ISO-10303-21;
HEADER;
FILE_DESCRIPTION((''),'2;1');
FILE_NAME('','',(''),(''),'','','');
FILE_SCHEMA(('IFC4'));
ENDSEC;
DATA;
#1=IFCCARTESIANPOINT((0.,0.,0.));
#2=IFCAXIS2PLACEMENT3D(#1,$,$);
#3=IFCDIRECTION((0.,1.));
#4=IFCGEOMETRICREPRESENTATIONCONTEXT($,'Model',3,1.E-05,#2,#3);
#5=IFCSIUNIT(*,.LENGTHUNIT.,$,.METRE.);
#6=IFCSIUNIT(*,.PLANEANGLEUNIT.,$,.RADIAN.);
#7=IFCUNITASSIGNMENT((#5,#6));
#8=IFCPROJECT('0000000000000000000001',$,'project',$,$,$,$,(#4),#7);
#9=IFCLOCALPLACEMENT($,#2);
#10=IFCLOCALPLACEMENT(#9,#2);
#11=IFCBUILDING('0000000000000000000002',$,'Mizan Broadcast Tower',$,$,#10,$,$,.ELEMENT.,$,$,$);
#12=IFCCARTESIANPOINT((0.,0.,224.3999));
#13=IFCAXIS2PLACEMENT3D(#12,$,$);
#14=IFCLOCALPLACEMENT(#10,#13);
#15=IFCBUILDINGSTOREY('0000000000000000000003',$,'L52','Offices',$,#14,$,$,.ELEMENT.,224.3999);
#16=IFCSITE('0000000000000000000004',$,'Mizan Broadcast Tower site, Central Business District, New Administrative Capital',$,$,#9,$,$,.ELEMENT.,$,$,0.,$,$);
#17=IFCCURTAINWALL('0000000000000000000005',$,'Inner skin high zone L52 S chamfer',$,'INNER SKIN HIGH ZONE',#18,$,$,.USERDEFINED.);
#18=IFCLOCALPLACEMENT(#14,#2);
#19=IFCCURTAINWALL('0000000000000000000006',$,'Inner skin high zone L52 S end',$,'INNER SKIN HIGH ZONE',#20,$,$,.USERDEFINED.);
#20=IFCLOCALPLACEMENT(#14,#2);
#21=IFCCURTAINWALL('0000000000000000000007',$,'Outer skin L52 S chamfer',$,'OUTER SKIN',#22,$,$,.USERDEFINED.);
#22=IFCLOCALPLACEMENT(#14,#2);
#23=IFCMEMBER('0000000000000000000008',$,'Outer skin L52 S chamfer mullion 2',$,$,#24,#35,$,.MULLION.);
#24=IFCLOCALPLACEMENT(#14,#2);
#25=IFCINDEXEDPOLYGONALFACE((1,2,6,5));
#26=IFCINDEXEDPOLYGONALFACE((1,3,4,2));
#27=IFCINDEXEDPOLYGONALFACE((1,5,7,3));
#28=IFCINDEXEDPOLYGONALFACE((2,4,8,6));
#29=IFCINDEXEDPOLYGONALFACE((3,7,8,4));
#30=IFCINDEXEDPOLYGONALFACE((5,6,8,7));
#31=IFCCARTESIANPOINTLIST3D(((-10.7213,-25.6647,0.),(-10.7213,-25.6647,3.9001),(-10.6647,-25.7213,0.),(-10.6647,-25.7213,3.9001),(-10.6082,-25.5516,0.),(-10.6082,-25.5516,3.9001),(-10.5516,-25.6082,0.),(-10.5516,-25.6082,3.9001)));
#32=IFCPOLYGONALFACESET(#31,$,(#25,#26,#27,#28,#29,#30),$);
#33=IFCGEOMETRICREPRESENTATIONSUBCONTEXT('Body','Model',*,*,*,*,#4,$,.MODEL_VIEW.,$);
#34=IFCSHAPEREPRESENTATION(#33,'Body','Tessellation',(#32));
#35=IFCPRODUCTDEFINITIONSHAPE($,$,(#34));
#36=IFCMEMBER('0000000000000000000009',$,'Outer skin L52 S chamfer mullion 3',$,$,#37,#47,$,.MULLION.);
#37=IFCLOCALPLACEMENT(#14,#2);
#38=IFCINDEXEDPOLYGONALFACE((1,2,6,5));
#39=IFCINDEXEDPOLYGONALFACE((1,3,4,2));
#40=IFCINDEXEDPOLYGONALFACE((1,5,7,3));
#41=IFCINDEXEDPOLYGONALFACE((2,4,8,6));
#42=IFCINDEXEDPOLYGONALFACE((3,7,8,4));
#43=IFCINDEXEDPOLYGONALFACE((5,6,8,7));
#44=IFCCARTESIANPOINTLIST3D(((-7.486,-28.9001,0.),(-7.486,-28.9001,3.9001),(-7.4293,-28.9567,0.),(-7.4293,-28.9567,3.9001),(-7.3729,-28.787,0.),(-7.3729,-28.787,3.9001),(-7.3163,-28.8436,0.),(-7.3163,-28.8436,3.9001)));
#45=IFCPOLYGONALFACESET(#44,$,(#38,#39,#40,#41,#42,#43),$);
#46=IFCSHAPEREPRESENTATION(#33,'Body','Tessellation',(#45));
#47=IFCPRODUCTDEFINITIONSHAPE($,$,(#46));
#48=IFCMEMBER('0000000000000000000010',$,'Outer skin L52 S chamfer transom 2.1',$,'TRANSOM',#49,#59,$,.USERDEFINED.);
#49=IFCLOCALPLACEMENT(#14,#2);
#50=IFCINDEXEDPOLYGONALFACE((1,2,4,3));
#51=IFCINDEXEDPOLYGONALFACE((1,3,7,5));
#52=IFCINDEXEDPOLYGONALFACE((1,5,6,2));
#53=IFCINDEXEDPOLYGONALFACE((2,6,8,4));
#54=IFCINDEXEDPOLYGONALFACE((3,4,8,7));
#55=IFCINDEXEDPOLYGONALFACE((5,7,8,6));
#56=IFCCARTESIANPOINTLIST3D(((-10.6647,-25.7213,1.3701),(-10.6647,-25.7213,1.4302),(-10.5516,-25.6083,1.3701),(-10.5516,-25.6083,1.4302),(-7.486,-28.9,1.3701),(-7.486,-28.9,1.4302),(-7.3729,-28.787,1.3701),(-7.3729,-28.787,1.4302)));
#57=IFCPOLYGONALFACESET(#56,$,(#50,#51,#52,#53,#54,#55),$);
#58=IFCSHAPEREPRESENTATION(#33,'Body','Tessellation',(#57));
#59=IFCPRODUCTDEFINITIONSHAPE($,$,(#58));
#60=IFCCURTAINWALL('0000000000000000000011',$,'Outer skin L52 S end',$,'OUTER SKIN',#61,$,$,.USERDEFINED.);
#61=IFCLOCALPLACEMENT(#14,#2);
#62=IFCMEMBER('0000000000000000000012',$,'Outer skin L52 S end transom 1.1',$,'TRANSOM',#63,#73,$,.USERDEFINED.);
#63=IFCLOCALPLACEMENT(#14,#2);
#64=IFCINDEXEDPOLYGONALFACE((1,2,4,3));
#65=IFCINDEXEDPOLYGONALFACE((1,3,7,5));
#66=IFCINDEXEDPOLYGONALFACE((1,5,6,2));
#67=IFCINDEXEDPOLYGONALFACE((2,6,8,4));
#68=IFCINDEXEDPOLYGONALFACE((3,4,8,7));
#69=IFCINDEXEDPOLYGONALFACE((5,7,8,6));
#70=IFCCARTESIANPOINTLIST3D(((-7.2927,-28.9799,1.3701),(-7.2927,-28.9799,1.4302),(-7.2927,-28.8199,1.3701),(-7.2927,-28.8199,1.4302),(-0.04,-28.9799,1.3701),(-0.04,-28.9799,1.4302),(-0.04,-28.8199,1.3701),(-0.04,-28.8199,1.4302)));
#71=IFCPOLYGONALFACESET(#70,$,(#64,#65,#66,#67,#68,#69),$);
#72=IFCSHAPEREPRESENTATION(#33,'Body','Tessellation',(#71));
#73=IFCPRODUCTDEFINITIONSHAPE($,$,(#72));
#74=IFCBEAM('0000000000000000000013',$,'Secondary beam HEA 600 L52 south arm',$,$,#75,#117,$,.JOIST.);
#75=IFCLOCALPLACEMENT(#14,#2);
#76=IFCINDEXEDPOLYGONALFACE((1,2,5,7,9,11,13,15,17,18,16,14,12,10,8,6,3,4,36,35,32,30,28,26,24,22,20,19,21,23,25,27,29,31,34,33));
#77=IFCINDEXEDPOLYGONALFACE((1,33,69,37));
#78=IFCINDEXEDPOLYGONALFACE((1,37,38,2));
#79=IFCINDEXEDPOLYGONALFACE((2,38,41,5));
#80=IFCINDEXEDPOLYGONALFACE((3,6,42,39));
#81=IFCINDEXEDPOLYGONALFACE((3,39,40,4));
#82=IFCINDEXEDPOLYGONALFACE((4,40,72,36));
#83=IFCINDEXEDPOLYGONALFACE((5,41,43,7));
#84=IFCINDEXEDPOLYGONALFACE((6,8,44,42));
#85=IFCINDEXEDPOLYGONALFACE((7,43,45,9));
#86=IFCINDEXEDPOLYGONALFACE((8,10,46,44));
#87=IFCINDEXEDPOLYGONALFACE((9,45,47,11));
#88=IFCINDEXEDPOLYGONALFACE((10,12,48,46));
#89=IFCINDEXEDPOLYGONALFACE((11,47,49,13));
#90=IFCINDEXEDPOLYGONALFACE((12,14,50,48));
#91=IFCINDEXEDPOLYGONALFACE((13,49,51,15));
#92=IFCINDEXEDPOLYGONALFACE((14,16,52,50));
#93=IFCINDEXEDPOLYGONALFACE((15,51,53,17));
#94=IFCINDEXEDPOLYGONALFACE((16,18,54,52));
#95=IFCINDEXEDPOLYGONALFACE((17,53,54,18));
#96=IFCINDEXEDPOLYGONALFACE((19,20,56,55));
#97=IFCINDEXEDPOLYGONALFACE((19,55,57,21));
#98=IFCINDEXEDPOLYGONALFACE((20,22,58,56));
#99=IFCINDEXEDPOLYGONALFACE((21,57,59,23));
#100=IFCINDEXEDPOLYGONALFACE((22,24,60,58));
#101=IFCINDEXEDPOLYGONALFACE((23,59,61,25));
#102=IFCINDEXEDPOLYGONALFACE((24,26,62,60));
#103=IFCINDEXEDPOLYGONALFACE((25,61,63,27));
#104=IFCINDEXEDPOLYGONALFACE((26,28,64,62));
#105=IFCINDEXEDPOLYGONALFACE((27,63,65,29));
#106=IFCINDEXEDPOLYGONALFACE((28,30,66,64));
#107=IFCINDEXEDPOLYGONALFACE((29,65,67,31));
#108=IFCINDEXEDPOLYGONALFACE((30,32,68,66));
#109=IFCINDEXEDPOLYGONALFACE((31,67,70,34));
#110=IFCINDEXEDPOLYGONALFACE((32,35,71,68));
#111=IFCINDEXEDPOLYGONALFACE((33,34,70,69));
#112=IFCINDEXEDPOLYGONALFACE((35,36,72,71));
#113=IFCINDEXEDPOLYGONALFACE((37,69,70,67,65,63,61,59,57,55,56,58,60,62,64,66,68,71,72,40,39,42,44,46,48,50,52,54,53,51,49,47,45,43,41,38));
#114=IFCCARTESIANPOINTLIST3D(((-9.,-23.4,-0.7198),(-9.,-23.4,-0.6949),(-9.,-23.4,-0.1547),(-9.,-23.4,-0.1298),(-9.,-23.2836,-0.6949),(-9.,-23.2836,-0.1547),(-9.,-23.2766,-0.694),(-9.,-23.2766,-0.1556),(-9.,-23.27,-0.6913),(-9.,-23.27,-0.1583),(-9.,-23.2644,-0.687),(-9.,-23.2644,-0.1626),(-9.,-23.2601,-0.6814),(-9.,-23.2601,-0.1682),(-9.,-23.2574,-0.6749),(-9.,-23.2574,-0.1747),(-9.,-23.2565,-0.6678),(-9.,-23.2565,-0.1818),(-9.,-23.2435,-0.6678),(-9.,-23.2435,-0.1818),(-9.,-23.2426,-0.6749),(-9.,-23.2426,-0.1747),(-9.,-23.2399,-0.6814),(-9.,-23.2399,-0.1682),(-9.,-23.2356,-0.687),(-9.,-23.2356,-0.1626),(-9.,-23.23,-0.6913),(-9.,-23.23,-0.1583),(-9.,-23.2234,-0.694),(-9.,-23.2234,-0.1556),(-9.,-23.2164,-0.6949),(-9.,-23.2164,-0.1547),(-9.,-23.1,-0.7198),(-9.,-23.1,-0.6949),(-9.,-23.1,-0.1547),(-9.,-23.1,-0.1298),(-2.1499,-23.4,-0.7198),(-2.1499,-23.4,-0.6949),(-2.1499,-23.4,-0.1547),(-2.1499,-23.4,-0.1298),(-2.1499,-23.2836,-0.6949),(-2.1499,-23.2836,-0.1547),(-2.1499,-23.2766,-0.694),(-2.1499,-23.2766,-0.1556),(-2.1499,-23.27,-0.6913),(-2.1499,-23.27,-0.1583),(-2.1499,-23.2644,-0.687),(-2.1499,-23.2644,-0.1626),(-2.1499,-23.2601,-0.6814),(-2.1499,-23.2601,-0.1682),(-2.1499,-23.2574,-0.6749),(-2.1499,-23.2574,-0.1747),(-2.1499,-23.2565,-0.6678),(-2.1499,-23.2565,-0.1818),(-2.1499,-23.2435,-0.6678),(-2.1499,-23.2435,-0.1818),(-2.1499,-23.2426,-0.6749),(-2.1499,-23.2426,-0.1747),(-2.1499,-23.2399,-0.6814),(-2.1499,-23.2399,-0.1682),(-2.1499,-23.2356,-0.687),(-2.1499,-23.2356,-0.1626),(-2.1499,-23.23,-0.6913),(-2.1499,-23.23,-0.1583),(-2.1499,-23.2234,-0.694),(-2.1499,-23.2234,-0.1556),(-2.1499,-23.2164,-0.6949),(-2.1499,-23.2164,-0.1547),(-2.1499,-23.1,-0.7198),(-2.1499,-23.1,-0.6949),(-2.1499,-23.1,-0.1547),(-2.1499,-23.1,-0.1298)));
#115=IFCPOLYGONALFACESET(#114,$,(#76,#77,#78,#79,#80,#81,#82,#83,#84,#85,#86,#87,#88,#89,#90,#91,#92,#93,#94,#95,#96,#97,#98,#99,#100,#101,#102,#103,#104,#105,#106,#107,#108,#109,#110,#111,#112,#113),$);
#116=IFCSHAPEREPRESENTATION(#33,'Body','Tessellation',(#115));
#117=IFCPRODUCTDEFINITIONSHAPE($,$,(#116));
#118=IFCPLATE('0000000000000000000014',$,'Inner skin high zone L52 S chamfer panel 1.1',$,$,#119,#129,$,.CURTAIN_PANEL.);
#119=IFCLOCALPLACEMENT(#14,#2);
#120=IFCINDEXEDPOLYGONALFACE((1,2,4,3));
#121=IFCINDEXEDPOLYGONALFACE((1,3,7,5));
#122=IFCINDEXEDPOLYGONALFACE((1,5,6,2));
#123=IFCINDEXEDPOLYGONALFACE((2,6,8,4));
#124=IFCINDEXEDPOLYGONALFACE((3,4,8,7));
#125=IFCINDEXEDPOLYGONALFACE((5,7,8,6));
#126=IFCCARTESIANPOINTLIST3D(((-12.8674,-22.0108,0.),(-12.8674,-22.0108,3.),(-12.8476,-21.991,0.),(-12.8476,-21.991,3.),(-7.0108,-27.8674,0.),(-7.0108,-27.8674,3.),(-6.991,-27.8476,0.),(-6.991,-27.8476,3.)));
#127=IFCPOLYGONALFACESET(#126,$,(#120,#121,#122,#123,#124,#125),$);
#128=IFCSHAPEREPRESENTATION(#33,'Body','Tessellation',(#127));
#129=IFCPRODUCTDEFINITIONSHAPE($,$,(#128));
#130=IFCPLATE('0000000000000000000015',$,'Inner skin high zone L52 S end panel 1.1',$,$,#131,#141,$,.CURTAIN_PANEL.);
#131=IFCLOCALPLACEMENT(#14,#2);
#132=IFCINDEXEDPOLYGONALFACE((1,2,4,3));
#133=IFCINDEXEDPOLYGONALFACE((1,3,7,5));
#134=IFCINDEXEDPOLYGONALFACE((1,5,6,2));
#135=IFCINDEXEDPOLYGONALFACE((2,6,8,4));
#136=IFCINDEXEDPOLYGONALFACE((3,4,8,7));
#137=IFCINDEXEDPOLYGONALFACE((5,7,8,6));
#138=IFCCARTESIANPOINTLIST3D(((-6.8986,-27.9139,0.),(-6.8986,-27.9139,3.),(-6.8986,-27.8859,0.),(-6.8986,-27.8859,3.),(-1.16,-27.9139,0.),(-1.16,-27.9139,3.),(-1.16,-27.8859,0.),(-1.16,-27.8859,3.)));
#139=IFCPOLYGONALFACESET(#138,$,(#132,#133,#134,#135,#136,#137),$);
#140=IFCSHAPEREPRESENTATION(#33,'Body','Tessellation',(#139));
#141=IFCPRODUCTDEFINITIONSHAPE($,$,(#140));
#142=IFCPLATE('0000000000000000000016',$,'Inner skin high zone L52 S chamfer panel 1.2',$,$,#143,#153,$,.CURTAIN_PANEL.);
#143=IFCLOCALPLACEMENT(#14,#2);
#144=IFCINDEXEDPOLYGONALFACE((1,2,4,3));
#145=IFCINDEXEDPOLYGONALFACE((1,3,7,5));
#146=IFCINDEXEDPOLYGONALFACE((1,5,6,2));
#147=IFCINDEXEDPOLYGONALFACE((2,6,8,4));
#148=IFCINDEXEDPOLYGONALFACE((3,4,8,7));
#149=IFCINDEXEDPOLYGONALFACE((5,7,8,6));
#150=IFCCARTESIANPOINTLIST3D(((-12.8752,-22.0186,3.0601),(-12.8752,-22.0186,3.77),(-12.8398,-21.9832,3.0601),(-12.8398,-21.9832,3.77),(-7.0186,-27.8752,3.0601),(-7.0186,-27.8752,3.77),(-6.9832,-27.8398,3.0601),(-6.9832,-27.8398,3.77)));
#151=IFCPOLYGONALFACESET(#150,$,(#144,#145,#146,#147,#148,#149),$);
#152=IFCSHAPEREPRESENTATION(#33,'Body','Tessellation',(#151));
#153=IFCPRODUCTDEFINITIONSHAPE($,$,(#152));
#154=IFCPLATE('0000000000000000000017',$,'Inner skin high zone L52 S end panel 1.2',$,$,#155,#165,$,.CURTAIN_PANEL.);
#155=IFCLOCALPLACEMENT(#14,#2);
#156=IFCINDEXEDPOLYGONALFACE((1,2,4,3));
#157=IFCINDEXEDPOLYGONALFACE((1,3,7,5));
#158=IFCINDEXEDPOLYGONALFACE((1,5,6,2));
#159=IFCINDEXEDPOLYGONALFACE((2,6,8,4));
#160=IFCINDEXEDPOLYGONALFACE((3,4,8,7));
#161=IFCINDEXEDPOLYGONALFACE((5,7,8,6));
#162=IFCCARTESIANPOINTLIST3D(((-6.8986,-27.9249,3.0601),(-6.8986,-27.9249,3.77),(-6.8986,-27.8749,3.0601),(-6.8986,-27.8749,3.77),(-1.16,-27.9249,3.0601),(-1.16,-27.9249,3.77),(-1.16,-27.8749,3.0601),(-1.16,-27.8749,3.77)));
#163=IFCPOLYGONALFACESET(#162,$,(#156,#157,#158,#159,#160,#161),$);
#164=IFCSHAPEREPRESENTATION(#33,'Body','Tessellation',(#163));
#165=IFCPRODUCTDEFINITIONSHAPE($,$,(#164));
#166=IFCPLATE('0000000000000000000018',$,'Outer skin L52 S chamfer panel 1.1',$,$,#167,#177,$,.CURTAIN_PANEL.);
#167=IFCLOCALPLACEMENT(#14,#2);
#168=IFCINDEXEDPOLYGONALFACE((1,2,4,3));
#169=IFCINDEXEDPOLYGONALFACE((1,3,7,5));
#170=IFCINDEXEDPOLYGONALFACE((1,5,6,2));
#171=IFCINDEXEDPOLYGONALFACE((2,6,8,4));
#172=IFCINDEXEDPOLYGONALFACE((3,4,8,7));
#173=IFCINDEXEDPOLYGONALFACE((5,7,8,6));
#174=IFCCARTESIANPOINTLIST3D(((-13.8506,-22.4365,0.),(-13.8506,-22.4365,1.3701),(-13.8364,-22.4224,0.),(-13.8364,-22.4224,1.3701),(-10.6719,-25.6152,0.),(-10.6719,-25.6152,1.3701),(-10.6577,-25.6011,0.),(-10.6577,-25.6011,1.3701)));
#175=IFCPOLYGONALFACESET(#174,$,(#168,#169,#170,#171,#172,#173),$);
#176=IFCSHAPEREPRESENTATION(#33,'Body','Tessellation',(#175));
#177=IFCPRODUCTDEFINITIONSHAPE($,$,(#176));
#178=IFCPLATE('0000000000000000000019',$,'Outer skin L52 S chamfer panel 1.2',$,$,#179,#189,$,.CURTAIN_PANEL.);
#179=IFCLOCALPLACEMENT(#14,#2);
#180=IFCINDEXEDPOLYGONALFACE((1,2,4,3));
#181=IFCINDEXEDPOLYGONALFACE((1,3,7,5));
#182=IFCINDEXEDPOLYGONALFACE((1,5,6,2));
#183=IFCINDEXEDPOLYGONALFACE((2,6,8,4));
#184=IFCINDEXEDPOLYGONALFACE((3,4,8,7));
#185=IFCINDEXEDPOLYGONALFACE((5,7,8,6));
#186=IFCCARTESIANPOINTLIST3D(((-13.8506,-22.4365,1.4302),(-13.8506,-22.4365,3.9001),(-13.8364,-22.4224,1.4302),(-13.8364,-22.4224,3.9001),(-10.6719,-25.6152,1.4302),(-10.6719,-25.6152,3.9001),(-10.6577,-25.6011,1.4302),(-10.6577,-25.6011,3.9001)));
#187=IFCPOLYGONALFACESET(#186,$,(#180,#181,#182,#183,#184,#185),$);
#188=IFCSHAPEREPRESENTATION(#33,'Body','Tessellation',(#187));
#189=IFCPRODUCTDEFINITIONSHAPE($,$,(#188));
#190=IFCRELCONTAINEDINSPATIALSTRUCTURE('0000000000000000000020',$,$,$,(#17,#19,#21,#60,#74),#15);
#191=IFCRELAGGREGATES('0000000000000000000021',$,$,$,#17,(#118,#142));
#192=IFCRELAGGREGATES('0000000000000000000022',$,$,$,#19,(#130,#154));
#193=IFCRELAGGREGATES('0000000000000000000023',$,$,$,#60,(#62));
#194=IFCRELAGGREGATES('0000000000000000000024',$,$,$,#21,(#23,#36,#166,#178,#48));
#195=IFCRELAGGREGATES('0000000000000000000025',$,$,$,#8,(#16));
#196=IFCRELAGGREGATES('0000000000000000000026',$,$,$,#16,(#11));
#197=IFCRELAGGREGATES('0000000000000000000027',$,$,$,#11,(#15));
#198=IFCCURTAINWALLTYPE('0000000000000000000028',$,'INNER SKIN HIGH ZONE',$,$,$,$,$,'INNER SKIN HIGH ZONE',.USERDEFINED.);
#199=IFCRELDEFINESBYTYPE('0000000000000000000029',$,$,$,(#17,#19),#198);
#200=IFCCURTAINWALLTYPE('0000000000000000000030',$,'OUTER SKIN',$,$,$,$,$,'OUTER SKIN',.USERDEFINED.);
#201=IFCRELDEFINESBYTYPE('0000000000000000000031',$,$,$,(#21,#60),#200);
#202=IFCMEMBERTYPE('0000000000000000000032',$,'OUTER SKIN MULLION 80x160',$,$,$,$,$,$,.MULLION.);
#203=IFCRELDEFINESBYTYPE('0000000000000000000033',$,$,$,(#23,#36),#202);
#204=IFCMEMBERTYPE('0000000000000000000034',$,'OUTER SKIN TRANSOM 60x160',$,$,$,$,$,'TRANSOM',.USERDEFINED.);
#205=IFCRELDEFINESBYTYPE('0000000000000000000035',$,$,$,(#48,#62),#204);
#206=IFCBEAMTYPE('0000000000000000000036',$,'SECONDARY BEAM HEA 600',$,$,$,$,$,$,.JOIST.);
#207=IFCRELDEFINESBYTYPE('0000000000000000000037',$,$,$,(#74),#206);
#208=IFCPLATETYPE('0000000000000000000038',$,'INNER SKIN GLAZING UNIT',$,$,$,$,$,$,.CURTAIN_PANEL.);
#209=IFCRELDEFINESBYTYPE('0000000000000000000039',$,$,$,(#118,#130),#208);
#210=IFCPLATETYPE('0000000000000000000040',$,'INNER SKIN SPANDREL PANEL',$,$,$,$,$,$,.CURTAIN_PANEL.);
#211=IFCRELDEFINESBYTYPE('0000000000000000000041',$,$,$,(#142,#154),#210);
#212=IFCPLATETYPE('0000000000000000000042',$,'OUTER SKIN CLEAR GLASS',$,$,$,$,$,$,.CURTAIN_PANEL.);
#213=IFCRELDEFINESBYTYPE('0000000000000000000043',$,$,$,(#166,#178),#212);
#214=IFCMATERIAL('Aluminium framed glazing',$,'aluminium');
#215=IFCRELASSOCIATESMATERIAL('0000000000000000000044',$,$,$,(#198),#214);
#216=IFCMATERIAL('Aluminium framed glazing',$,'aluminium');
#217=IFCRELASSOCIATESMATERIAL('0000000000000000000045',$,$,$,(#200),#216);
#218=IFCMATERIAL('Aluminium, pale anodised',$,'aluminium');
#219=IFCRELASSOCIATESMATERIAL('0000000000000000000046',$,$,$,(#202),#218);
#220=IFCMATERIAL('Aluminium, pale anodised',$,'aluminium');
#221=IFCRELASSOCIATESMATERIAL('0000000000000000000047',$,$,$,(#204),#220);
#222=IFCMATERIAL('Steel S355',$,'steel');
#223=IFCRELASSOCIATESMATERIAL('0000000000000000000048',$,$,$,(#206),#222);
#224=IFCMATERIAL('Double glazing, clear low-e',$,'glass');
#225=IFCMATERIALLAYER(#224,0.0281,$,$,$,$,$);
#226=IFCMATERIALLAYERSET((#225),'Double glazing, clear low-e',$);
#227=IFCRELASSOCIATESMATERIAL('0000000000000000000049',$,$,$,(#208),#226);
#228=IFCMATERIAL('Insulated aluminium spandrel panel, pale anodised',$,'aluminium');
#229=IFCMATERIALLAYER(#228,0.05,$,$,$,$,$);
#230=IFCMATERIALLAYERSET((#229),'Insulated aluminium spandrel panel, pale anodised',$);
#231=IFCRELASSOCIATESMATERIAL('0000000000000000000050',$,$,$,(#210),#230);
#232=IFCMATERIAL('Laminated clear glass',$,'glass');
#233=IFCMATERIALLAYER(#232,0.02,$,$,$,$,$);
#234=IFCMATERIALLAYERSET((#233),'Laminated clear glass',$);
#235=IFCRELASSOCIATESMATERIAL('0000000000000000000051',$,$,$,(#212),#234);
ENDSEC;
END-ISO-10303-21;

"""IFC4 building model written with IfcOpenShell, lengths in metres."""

from ifc_helpers import new_model, si_unit, direction, frame, origin, origin_2d, place, context, subcontext, project, spatial, rectangle, i_section, extrude, material, layer, layer_set, material_profile, profile_set, type_object, element, aggregate, save


model = new_model("IFC4")

# Units and contexts
model_context = context("Model", 3, precision=1e-05, world=origin(), true_north=direction((0.0, 1.0)))
body_context = subcontext(model_context, "Body", "Model", "MODEL_VIEW")
ifc_project = project(units=[si_unit("LENGTHUNIT", "METRE"), si_unit("PLANEANGLEUNIT", "RADIAN")], contexts=[model_context])

# Site, building, storey
site_placement = place(None, origin())
site = spatial("IfcSite", under=ifc_project, at=site_placement, Name="Mizan Broadcast Tower site, Central Business District, New Administrative Capital", CompositionType="ELEMENT", RefElevation=0.0)
building_placement = place(site_placement, origin())
building = spatial("IfcBuilding", under=site, at=building_placement, Name="Mizan Broadcast Tower", CompositionType="ELEMENT")
storey_placement = place(building_placement, frame((0.0, 0.0, 224.3999)))
storey = spatial("IfcBuildingStorey", under=building, at=storey_placement, Name="L52", Description="Offices", CompositionType="ELEMENT", Elevation=224.3999)

# Curtain wall
ifc_material_1 = material(Name="Aluminium framed glazing", Category="aluminium")
curtain_wall_type_1 = type_object("IfcCurtainWallType", Name="INNER SKIN HIGH ZONE", ElementType="INNER SKIN HIGH ZONE", PredefinedType="USERDEFINED", material=ifc_material_1)
curtain_wall_1_placement = place(storey_placement, origin())
curtain_wall_1 = element("IfcCurtainWall", 1, at=curtain_wall_1_placement, inside=storey, type_object=curtain_wall_type_1, Name="Inner skin high zone L52 S chamfer", ObjectType="INNER SKIN HIGH ZONE", PredefinedType="USERDEFINED")

# Curtain walls, members
curtain_wall_2_placement = place(storey_placement, origin())
curtain_wall_2 = element("IfcCurtainWall", 2, at=curtain_wall_2_placement, inside=storey, type_object=curtain_wall_type_1, Name="Inner skin high zone L52 S end", ObjectType="INNER SKIN HIGH ZONE", PredefinedType="USERDEFINED")
ifc_material_2 = material(Name="Aluminium framed glazing", Category="aluminium")
curtain_wall_type_2 = type_object("IfcCurtainWallType", Name="OUTER SKIN", ElementType="OUTER SKIN", PredefinedType="USERDEFINED", material=ifc_material_2)
curtain_wall_3_placement = place(storey_placement, origin())
curtain_wall_3 = element("IfcCurtainWall", 3, at=curtain_wall_3_placement, inside=storey, type_object=curtain_wall_type_2, Name="Outer skin L52 S chamfer", ObjectType="OUTER SKIN", PredefinedType="USERDEFINED")
ifc_material_3 = material(Name="Aluminium, pale anodised", Category="aluminium")
ifc_material_profile_1 = material_profile(ifc_material_3, rectangle(XDim=0.1599, YDim=0.0801, at=origin_2d()), Name="MULLION 160x80")
ifc_profile_set_1 = profile_set([ifc_material_profile_1], Name="Aluminium, pale anodised")
member_type_1 = type_object("IfcMemberType", Name="OUTER SKIN MULLION 80x160", PredefinedType="MULLION", material=ifc_profile_set_1)
member_1_placement = place(storey_placement, frame((-10.6365, -25.6365, 0.0), z_axis=(0.0, 0.0, 1.0), x_axis=(0.707107, 0.707107, 0.0)))
member_1 = element("IfcMember", 4, at=member_1_placement, type_object=member_type_1, Name="Outer skin L52 S chamfer mullion 2", PredefinedType="MULLION", context=body_context, shape_type="SweptSolid", body=[
    extrude(rectangle(XDim=0.1599, YDim=0.0801, at=origin_2d()), origin(), (0.0, 0.0, 1.0), 3.9001),
])
member_2_placement = place(storey_placement, frame((-7.4011, -28.8718, 0.0), z_axis=(0.0, 0.0, 1.0), x_axis=(0.707107, 0.707107, 0.0)))
member_2 = element("IfcMember", 5, at=member_2_placement, type_object=member_type_1, Name="Outer skin L52 S chamfer mullion 3", PredefinedType="MULLION", context=body_context, shape_type="SweptSolid", body=[
    extrude(rectangle(XDim=0.1599, YDim=0.0801, at=origin_2d()), origin(), (0.0, 0.0, 1.0), 3.9001),
])
ifc_material_4 = material(Name="Aluminium, pale anodised", Category="aluminium")
ifc_material_profile_2 = material_profile(ifc_material_4, rectangle(XDim=0.1599, YDim=0.0601, at=origin_2d()), Name="TRANSOM 160x60")
ifc_profile_set_2 = profile_set([ifc_material_profile_2], Name="Aluminium, pale anodised")
member_type_2 = type_object("IfcMemberType", Name="OUTER SKIN TRANSOM 60x160", ElementType="TRANSOM", PredefinedType="USERDEFINED", material=ifc_profile_set_2)
member_3_placement = place(storey_placement, frame((-10.6082, -25.6648, 1.4001), z_axis=(0.707107, -0.707107, 0.0), x_axis=(0.707107, 0.707107, 0.0)))
member_3 = element("IfcMember", 6, at=member_3_placement, type_object=member_type_2, Name="Outer skin L52 S chamfer transom 2.1", ObjectType="TRANSOM", PredefinedType="USERDEFINED", context=body_context, shape_type="SweptSolid", body=[
    extrude(rectangle(XDim=0.1599, YDim=0.0601, at=origin_2d()), origin(), (0.0, 0.0, 1.0), 4.4954),
])

# Curtain wall, member
curtain_wall_4_placement = place(storey_placement, origin())
curtain_wall_4 = element("IfcCurtainWall", 7, at=curtain_wall_4_placement, inside=storey, type_object=curtain_wall_type_2, Name="Outer skin L52 S end", ObjectType="OUTER SKIN", PredefinedType="USERDEFINED")
member_4_placement = place(storey_placement, frame((-7.2927, -28.8999, 1.4001), z_axis=(1.0, 0.0, 0.0), x_axis=(0.0, 1.0, 0.0)))
member_4 = element("IfcMember", 8, at=member_4_placement, type_object=member_type_2, Name="Outer skin L52 S end transom 1.1", ObjectType="TRANSOM", PredefinedType="USERDEFINED", context=body_context, shape_type="SweptSolid", body=[
    extrude(rectangle(XDim=0.1599, YDim=0.0601, at=origin_2d()), origin(), (0.0, 0.0, 1.0), 7.2527),
])

# Beam
ifc_material_5 = material(Name="Steel S355", Category="steel")
ifc_material_profile_3 = material_profile(ifc_material_5, i_section(OverallWidth=0.3, OverallDepth=0.5901, WebThickness=0.0129, FlangeThickness=0.0249, FilletRadius=0.0271, at=origin_2d()), Name="HEA 600")
ifc_profile_set_3 = profile_set([ifc_material_profile_3], Name="Steel S355")
beam_type_1 = type_object("IfcBeamType", Name="SECONDARY BEAM HEA 600", PredefinedType="JOIST", material=ifc_profile_set_3)
beam_1_placement = place(storey_placement, frame((-9.0, -23.25, -0.4248), z_axis=(1.0, 0.0, 0.0), x_axis=(0.0, 1.0, 0.0)))
element("IfcBeam", 9, at=beam_1_placement, inside=storey, type_object=beam_type_1, Name="Secondary beam HEA 600 L52 south arm", PredefinedType="JOIST", context=body_context, shape_type="SweptSolid", body=[
    extrude(i_section(OverallWidth=0.3, OverallDepth=0.5901, WebThickness=0.0129, FlangeThickness=0.0249, FilletRadius=0.0271, at=origin_2d()), origin(), (0.0, 0.0, 1.0), 6.8501),
])

# Plates
ifc_material_6 = material(Name="Double glazing, clear low-e", Category="glass")
ifc_layer_1 = layer(ifc_material_6, 0.0281)
ifc_layer_set_1 = layer_set([ifc_layer_1], Name="Double glazing, clear low-e")
plate_type_1 = type_object("IfcPlateType", Name="INNER SKIN GLAZING UNIT", PredefinedType="CURTAIN_PANEL", material=ifc_layer_set_1)
plate_1_placement = place(storey_placement, frame((-9.9292, -24.9292, 0.0), z_axis=(0.0, 0.0, 1.0), x_axis=(0.707107, -0.707107, 0.0)))
plate_1 = element("IfcPlate", 10, at=plate_1_placement, type_object=plate_type_1, Name="Inner skin high zone L52 S chamfer panel 1.1", PredefinedType="CURTAIN_PANEL", context=body_context, shape_type="SweptSolid", body=[
    extrude(rectangle(XDim=8.2825, YDim=0.0281, at=origin_2d()), origin(), (0.0, 0.0, 1.0), 3.0),
])
plate_2_placement = place(storey_placement, frame((-4.0293, -27.8999, 0.0), z_axis=(0.0, 0.0, 1.0), x_axis=(1.0, 0.0, 0.0)))
plate_2 = element("IfcPlate", 11, at=plate_2_placement, type_object=plate_type_1, Name="Inner skin high zone L52 S end panel 1.1", PredefinedType="CURTAIN_PANEL", context=body_context, shape_type="SweptSolid", body=[
    extrude(rectangle(XDim=5.7385, YDim=0.0281, at=origin_2d()), origin(), (0.0, 0.0, 1.0), 3.0),
])
ifc_material_7 = material(Name="Insulated aluminium spandrel panel, pale anodised", Category="aluminium")
ifc_layer_2 = layer(ifc_material_7, 0.05)
ifc_layer_set_2 = layer_set([ifc_layer_2], Name="Insulated aluminium spandrel panel, pale anodised")
plate_type_2 = type_object("IfcPlateType", Name="INNER SKIN SPANDREL PANEL", PredefinedType="CURTAIN_PANEL", material=ifc_layer_set_2)
plate_3_placement = place(storey_placement, frame((-9.9292, -24.9292, 3.0601), z_axis=(0.0, 0.0, 1.0), x_axis=(0.707107, -0.707107, 0.0)))
plate_3 = element("IfcPlate", 12, at=plate_3_placement, type_object=plate_type_2, Name="Inner skin high zone L52 S chamfer panel 1.2", PredefinedType="CURTAIN_PANEL", context=body_context, shape_type="SweptSolid", body=[
    extrude(rectangle(XDim=8.2825, YDim=0.05, at=origin_2d()), origin(), (0.0, 0.0, 1.0), 0.71),
])
aggregate(curtain_wall_1, [plate_1, plate_3])
plate_4_placement = place(storey_placement, frame((-4.0293, -27.8999, 3.0601), z_axis=(0.0, 0.0, 1.0), x_axis=(1.0, 0.0, 0.0)))
plate_4 = element("IfcPlate", 13, at=plate_4_placement, type_object=plate_type_2, Name="Inner skin high zone L52 S end panel 1.2", PredefinedType="CURTAIN_PANEL", context=body_context, shape_type="SweptSolid", body=[
    extrude(rectangle(XDim=5.7385, YDim=0.05, at=origin_2d()), origin(), (0.0, 0.0, 1.0), 0.71),
])
aggregate(curtain_wall_2, [plate_2, plate_4])
ifc_material_8 = material(Name="Laminated clear glass", Category="glass")
ifc_layer_3 = layer(ifc_material_8, 0.02)
ifc_layer_set_3 = layer_set([ifc_layer_3], Name="Laminated clear glass")
plate_type_3 = type_object("IfcPlateType", Name="OUTER SKIN CLEAR GLASS", PredefinedType="CURTAIN_PANEL", material=ifc_layer_set_3)
plate_5_placement = place(storey_placement, frame((-12.2542, -24.0188, 0.0), z_axis=(0.0, 0.0, 1.0), x_axis=(0.707107, -0.707107, 0.0)))
plate_5 = element("IfcPlate", 14, at=plate_5_placement, type_object=plate_type_3, Name="Outer skin L52 S chamfer panel 1.1", PredefinedType="CURTAIN_PANEL", context=body_context, shape_type="SweptSolid", body=[
    extrude(rectangle(XDim=4.4954, YDim=0.02, at=origin_2d()), origin(), (0.0, 0.0, 1.0), 1.3701),
])
plate_6_placement = place(storey_placement, frame((-12.2542, -24.0188, 1.4302), z_axis=(0.0, 0.0, 1.0), x_axis=(0.707107, -0.707107, 0.0)))
plate_6 = element("IfcPlate", 15, at=plate_6_placement, type_object=plate_type_3, Name="Outer skin L52 S chamfer panel 1.2", PredefinedType="CURTAIN_PANEL", context=body_context, shape_type="SweptSolid", body=[
    extrude(rectangle(XDim=4.4954, YDim=0.02, at=origin_2d()), origin(), (0.0, 0.0, 1.0), 2.47),
])
aggregate(curtain_wall_4, [member_4])
aggregate(curtain_wall_3, [member_1, member_2, plate_5, plate_6, member_3])

save(model, "model.ifc")
